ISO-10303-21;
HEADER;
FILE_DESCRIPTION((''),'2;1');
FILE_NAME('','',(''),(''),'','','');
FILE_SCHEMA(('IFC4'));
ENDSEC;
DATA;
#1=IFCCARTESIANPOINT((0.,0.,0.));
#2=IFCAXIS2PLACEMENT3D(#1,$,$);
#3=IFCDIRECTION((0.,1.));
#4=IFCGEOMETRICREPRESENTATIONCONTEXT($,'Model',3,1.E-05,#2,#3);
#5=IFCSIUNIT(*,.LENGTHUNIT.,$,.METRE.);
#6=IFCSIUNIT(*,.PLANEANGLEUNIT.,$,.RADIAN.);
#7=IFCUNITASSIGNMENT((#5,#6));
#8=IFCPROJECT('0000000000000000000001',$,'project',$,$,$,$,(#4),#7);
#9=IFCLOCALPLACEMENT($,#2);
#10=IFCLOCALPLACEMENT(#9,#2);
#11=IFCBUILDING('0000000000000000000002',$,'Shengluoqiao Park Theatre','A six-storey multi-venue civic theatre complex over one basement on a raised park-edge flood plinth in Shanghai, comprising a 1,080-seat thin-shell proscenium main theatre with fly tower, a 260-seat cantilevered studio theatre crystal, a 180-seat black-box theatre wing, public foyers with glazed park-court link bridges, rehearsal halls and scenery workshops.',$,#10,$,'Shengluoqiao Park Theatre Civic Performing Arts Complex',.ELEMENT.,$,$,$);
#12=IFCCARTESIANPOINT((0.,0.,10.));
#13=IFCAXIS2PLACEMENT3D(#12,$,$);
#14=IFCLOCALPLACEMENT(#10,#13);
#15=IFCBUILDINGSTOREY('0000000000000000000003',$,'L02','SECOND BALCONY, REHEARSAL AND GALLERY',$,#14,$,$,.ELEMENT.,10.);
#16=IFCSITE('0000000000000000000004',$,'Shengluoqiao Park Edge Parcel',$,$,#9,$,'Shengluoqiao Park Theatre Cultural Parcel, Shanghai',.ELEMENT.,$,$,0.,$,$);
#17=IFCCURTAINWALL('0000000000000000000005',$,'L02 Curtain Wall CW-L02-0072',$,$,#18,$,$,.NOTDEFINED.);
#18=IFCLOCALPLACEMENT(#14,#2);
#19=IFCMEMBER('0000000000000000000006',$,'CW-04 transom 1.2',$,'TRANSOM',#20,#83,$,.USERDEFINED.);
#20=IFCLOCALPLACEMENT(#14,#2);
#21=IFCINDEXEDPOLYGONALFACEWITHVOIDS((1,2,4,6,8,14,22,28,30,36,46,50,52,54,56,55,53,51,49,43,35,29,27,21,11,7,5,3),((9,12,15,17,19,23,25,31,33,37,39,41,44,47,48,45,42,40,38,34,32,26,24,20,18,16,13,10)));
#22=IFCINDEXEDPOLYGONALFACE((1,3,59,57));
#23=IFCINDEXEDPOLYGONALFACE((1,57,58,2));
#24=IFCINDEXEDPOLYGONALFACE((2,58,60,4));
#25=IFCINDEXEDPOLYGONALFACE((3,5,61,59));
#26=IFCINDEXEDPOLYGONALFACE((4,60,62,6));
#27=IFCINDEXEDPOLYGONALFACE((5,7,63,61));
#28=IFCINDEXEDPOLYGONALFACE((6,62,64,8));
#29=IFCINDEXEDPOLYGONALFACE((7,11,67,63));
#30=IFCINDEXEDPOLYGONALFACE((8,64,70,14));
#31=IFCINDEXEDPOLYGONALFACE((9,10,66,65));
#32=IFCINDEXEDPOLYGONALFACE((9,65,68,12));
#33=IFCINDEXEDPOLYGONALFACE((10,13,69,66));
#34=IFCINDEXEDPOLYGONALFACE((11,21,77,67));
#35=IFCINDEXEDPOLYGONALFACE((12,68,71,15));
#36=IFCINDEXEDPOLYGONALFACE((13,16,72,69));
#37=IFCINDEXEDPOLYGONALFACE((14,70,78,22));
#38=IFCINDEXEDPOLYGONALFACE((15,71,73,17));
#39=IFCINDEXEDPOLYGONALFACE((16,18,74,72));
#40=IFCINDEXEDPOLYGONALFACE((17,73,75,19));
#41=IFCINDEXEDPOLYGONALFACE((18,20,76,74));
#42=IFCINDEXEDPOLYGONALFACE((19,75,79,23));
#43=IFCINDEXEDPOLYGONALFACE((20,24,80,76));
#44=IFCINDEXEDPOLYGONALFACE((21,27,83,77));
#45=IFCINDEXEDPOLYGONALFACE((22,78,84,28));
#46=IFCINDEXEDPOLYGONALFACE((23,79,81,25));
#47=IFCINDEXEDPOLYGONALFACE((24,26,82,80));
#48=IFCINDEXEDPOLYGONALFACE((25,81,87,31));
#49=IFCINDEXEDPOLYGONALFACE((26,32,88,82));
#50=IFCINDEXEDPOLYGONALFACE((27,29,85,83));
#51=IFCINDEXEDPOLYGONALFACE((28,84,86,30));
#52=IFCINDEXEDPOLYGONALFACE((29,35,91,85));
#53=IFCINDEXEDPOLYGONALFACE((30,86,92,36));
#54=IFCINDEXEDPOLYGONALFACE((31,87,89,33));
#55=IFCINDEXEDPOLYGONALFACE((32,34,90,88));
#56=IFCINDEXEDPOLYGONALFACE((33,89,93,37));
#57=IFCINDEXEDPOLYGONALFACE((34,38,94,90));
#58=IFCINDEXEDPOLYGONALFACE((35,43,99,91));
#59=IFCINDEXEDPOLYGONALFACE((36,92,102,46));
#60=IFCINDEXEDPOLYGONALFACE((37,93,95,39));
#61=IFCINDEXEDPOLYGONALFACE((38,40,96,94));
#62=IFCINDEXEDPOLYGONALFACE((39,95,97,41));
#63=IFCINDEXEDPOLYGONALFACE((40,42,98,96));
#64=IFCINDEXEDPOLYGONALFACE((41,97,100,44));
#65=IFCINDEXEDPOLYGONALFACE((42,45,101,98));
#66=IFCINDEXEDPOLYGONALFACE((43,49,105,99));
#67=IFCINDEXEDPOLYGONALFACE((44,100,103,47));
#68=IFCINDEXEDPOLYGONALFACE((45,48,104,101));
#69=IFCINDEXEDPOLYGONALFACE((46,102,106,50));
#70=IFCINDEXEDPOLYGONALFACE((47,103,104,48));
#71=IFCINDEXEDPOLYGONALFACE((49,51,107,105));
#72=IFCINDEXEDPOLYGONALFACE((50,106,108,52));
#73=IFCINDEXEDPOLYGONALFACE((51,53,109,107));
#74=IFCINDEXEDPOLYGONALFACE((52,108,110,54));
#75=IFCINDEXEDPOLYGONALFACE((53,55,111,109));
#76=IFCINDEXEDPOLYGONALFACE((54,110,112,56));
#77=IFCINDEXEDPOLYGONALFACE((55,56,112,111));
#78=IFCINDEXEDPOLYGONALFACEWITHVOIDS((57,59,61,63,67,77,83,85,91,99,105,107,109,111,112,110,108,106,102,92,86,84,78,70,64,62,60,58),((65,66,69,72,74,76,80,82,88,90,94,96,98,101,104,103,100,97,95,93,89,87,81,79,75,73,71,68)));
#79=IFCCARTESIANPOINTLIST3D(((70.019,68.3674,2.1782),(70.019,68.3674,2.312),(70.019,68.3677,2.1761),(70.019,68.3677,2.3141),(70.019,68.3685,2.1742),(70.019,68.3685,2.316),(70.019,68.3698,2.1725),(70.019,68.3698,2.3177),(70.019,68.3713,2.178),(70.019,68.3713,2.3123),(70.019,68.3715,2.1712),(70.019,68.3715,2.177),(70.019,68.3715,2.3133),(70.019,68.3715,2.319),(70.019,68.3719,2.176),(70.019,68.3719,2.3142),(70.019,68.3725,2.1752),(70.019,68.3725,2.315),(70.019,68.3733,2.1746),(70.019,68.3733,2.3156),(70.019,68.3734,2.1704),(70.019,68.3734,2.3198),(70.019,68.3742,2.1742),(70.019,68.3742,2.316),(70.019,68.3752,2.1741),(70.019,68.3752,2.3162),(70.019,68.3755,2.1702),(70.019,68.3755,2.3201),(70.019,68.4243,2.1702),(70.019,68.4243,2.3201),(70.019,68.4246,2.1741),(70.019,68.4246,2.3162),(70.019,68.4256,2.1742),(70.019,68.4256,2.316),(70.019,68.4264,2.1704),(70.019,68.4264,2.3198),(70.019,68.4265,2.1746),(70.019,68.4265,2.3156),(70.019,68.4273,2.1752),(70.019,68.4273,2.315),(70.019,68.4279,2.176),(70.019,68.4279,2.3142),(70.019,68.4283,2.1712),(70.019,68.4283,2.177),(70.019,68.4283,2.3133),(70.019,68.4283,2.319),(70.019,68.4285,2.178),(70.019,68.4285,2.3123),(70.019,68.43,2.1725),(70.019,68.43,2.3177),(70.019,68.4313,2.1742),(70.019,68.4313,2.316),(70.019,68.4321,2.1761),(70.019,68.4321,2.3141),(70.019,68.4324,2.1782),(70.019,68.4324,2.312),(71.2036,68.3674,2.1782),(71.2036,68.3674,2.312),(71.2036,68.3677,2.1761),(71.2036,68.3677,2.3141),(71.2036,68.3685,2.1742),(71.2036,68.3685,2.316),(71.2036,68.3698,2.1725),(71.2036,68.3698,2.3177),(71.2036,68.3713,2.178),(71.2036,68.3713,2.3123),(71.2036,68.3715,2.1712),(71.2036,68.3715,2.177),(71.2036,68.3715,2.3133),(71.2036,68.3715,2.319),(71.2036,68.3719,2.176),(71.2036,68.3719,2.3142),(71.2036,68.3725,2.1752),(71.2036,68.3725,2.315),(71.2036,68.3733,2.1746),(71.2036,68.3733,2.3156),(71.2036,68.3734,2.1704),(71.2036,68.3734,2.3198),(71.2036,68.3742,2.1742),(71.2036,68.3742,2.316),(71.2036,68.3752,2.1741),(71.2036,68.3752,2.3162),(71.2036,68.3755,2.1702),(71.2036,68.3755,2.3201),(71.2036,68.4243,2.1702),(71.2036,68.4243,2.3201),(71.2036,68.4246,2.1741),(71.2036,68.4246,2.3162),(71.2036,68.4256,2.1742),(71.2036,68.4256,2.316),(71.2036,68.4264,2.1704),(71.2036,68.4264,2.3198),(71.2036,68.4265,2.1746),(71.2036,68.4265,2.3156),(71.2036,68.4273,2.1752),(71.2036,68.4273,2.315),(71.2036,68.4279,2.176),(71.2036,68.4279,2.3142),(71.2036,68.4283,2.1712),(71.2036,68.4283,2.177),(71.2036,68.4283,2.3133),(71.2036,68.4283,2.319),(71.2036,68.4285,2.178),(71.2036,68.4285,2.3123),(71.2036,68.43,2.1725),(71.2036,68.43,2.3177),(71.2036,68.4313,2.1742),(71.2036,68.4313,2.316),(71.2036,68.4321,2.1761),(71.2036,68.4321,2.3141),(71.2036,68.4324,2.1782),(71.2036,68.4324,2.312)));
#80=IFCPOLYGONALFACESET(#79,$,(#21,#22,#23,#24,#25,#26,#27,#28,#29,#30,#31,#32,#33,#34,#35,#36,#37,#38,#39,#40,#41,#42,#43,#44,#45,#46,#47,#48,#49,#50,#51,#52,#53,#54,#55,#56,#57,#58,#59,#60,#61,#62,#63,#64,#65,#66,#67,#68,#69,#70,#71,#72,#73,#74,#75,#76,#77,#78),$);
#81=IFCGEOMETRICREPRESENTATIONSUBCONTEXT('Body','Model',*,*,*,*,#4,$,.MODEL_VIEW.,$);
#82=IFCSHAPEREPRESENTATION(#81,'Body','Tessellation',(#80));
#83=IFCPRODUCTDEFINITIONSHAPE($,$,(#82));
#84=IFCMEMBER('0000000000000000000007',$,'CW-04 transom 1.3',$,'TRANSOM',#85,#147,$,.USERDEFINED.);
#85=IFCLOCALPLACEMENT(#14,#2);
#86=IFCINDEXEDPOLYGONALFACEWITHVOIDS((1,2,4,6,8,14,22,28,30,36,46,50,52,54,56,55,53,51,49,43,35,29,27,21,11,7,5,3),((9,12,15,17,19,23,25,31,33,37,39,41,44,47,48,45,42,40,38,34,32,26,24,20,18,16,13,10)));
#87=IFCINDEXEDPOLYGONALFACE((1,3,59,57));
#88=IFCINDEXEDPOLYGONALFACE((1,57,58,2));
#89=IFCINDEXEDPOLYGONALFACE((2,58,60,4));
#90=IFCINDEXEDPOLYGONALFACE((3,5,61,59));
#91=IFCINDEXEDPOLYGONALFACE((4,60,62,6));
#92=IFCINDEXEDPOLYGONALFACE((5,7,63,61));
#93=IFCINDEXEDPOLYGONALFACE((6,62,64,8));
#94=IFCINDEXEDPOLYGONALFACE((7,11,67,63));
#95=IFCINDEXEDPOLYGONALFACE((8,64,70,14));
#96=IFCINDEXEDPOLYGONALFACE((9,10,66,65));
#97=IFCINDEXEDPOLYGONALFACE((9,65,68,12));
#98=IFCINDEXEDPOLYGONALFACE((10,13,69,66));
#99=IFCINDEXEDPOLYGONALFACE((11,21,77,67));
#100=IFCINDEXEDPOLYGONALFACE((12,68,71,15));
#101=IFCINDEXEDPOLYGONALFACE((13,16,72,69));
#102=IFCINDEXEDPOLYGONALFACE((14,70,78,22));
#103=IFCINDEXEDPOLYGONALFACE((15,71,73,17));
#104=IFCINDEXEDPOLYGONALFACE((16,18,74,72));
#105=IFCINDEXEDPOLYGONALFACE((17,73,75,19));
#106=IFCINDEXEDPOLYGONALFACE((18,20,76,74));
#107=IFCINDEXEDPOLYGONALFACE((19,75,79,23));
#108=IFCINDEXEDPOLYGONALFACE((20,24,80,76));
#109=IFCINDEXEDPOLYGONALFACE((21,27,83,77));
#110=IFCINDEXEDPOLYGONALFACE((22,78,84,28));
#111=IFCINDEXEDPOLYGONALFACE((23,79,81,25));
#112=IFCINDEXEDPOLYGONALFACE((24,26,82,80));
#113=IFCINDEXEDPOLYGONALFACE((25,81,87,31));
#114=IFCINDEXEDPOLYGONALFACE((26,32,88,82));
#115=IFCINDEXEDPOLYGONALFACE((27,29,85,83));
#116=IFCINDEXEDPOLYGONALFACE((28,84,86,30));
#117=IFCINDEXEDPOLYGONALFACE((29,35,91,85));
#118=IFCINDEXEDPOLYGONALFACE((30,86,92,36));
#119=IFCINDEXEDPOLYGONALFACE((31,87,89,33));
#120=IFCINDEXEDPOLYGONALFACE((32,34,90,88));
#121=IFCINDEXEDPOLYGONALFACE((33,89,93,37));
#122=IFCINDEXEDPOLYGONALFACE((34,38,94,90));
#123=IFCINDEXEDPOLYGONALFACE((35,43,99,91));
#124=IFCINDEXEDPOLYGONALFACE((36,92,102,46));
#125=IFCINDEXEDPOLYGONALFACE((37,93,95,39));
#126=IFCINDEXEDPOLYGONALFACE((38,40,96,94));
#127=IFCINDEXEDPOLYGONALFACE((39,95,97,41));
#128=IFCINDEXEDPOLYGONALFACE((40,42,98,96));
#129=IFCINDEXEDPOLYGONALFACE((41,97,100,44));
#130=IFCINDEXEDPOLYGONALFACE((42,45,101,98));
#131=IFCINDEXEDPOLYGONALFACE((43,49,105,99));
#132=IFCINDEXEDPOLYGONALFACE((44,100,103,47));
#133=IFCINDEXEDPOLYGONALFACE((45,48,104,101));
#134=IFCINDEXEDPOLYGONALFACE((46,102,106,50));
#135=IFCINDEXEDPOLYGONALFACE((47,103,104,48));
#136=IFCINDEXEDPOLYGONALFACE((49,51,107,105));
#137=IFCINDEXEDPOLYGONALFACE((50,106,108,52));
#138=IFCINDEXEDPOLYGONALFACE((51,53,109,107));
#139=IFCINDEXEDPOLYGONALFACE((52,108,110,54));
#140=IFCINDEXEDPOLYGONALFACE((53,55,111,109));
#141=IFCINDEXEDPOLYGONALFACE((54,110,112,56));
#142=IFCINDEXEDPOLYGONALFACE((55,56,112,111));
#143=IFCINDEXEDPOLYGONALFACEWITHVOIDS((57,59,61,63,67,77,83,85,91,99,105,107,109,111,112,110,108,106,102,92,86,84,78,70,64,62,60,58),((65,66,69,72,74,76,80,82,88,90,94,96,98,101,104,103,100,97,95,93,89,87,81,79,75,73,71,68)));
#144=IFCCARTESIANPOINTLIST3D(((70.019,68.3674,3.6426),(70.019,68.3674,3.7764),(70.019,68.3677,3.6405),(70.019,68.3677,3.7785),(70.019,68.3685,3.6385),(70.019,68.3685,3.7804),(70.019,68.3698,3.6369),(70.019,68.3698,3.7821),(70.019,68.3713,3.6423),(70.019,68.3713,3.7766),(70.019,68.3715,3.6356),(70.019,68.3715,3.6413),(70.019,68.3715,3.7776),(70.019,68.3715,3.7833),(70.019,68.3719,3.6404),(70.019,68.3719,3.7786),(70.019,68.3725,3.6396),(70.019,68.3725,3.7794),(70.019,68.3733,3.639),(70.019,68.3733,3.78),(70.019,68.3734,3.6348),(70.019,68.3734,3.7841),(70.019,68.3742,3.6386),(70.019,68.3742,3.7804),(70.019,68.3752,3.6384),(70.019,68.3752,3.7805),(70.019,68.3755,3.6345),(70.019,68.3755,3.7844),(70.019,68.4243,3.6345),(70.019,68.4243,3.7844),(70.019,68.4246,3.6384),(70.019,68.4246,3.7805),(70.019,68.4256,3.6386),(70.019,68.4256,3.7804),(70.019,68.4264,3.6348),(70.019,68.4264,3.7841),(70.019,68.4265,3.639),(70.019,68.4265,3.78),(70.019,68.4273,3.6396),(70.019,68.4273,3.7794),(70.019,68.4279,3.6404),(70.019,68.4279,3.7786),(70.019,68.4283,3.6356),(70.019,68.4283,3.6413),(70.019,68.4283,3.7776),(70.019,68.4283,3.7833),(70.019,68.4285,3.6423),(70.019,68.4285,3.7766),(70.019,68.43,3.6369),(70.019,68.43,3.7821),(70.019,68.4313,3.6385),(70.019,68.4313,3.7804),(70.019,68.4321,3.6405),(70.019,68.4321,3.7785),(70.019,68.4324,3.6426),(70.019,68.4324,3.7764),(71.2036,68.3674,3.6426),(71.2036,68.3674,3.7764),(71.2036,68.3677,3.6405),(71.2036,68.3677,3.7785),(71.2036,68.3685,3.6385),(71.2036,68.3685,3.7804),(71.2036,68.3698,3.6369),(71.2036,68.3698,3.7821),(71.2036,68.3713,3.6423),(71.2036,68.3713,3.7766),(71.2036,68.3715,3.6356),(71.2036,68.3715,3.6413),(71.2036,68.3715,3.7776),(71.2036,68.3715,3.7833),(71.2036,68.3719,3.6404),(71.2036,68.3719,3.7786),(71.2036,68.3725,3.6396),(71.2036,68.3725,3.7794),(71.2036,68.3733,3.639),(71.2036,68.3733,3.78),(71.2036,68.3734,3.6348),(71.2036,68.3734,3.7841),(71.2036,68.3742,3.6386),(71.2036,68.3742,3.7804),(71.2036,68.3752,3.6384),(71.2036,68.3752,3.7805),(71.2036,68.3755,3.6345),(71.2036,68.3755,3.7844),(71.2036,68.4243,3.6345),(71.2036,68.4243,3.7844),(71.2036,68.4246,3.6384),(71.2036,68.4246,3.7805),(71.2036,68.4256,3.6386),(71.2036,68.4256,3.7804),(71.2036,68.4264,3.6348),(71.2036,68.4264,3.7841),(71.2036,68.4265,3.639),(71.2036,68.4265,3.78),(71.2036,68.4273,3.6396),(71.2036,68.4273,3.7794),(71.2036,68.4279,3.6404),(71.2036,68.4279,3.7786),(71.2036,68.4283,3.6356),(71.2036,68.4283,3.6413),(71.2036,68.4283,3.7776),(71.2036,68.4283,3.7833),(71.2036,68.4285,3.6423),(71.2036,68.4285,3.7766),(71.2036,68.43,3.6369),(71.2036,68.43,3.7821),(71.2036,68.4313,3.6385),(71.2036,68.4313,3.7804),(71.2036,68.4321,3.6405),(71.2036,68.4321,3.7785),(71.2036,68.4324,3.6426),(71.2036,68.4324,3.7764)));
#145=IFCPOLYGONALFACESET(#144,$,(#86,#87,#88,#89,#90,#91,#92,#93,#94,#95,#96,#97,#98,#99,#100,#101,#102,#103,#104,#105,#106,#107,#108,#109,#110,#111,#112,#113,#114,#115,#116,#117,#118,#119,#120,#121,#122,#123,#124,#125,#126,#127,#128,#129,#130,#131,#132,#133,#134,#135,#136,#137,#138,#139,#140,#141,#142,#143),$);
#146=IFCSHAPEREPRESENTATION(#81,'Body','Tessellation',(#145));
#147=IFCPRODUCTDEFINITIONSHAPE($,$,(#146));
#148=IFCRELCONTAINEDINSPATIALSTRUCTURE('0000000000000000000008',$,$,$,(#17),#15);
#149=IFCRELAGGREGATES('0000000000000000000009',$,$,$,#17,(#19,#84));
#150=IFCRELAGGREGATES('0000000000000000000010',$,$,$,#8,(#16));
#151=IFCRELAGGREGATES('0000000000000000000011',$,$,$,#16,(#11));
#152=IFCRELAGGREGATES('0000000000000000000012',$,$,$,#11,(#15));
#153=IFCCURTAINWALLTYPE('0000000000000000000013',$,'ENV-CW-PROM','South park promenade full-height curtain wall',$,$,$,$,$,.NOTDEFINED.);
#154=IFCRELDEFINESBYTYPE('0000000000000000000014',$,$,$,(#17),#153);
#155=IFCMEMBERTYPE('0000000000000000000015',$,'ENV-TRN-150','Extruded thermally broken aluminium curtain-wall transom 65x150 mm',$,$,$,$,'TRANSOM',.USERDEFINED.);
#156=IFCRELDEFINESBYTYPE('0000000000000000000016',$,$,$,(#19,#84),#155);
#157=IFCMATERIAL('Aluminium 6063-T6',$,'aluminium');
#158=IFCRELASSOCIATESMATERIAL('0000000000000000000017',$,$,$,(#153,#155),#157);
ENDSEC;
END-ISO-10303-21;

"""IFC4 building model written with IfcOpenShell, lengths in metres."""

from ifc_helpers import new_model, si_unit, direction, frame, origin, origin_2d, place, context, subcontext, project, spatial, hollow_rectangle, extrude, material, material_profile, profile_set, type_object, element, aggregate, save


model = new_model("IFC4")

# Units and contexts
model_context = context("Model", 3, precision=1e-05, world=origin(), true_north=direction((0.0, 1.0)))
body_context = subcontext(model_context, "Body", "Model", "MODEL_VIEW")
ifc_project = project(units=[si_unit("LENGTHUNIT", "METRE"), si_unit("PLANEANGLEUNIT", "RADIAN")], contexts=[model_context])

# Site, building, storey
site_placement = place(None, origin())
site = spatial("IfcSite", under=ifc_project, at=site_placement, Name="Shengluoqiao Park Edge Parcel", LongName="Shengluoqiao Park Theatre Cultural Parcel, Shanghai", CompositionType="ELEMENT", RefElevation=0.0)
building_placement = place(site_placement, origin())
building = spatial("IfcBuilding", under=site, at=building_placement, Name="Shengluoqiao Park Theatre", Description="A six-storey multi-venue civic theatre complex over one basement on a raised park-edge flood plinth in Shanghai, comprising a 1,080-seat thin-shell proscenium main theatre with fly tower, a 260-seat cantilevered studio theatre crystal, a 180-seat black-box theatre wing, public foyers with glazed park-court link bridges, rehearsal halls and scenery workshops.", LongName="Shengluoqiao Park Theatre Civic Performing Arts Complex", CompositionType="ELEMENT")
storey_placement = place(building_placement, frame((0.0, 0.0, 10.0)))
storey = spatial("IfcBuildingStorey", under=building, at=storey_placement, Name="L02", Description="SECOND BALCONY, REHEARSAL AND GALLERY", CompositionType="ELEMENT", Elevation=10.0)

# Shared definitions
ifc_material_1 = material(Name="Aluminium 6063-T6", Category="aluminium")
curtain_wall_type = type_object("IfcCurtainWallType", Name="ENV-CW-PROM", Description="South park promenade full-height curtain wall", PredefinedType="NOTDEFINED", material=ifc_material_1)

# Curtain wall
curtain_wall_1_placement = place(storey_placement, origin())
curtain_wall_1 = element("IfcCurtainWall", 1, at=curtain_wall_1_placement, inside=storey, type_object=curtain_wall_type, Name="L02 Curtain Wall CW-L02-0072", PredefinedType="NOTDEFINED")

# Members
ifc_material_profile_1 = material_profile(ifc_material_1, hollow_rectangle(XDim=0.0649, YDim=0.1499, WallThickness=0.0039, InnerFilletRadius=0.0039, OuterFilletRadius=0.0081, at=origin_2d()), Name="ALU TRANSOM 150x65x4")
ifc_profile_set_1 = profile_set([ifc_material_profile_1], Name="Aluminium 6063-T6")
member_type_1 = type_object("IfcMemberType", Name="ENV-TRN-150", Description="Extruded thermally broken aluminium curtain-wall transom 65x150 mm", ElementType="TRANSOM", PredefinedType="USERDEFINED", material=ifc_profile_set_1)
member_1_placement = place(storey_placement, frame((70.019, 68.3999, 2.2451), z_axis=(1.0, 0.0, 0.0), x_axis=(0.0, 1.0, 0.0)))
member_1 = element("IfcMember", 2, at=member_1_placement, type_object=member_type_1, Name="CW-04 transom 1.2", ObjectType="TRANSOM", PredefinedType="USERDEFINED", context=body_context, shape_type="SweptSolid", body=[
    extrude(hollow_rectangle(XDim=0.0649, YDim=0.1499, WallThickness=0.0039, InnerFilletRadius=0.0039, OuterFilletRadius=0.0081, at=origin_2d()), origin(), (0.0, 0.0, 1.0), 1.1846),
])
member_2_placement = place(storey_placement, frame((70.019, 68.3999, 3.7095), z_axis=(1.0, 0.0, 0.0), x_axis=(0.0, 1.0, 0.0)))
member_2 = element("IfcMember", 3, at=member_2_placement, type_object=member_type_1, Name="CW-04 transom 1.3", ObjectType="TRANSOM", PredefinedType="USERDEFINED", context=body_context, shape_type="SweptSolid", body=[
    extrude(hollow_rectangle(XDim=0.0649, YDim=0.1499, WallThickness=0.0039, InnerFilletRadius=0.0039, OuterFilletRadius=0.0081, at=origin_2d()), origin(), (0.0, 0.0, 1.0), 1.1846),
])

aggregate(curtain_wall_1, [member_1, member_2])

save(model, "model.ifc")
